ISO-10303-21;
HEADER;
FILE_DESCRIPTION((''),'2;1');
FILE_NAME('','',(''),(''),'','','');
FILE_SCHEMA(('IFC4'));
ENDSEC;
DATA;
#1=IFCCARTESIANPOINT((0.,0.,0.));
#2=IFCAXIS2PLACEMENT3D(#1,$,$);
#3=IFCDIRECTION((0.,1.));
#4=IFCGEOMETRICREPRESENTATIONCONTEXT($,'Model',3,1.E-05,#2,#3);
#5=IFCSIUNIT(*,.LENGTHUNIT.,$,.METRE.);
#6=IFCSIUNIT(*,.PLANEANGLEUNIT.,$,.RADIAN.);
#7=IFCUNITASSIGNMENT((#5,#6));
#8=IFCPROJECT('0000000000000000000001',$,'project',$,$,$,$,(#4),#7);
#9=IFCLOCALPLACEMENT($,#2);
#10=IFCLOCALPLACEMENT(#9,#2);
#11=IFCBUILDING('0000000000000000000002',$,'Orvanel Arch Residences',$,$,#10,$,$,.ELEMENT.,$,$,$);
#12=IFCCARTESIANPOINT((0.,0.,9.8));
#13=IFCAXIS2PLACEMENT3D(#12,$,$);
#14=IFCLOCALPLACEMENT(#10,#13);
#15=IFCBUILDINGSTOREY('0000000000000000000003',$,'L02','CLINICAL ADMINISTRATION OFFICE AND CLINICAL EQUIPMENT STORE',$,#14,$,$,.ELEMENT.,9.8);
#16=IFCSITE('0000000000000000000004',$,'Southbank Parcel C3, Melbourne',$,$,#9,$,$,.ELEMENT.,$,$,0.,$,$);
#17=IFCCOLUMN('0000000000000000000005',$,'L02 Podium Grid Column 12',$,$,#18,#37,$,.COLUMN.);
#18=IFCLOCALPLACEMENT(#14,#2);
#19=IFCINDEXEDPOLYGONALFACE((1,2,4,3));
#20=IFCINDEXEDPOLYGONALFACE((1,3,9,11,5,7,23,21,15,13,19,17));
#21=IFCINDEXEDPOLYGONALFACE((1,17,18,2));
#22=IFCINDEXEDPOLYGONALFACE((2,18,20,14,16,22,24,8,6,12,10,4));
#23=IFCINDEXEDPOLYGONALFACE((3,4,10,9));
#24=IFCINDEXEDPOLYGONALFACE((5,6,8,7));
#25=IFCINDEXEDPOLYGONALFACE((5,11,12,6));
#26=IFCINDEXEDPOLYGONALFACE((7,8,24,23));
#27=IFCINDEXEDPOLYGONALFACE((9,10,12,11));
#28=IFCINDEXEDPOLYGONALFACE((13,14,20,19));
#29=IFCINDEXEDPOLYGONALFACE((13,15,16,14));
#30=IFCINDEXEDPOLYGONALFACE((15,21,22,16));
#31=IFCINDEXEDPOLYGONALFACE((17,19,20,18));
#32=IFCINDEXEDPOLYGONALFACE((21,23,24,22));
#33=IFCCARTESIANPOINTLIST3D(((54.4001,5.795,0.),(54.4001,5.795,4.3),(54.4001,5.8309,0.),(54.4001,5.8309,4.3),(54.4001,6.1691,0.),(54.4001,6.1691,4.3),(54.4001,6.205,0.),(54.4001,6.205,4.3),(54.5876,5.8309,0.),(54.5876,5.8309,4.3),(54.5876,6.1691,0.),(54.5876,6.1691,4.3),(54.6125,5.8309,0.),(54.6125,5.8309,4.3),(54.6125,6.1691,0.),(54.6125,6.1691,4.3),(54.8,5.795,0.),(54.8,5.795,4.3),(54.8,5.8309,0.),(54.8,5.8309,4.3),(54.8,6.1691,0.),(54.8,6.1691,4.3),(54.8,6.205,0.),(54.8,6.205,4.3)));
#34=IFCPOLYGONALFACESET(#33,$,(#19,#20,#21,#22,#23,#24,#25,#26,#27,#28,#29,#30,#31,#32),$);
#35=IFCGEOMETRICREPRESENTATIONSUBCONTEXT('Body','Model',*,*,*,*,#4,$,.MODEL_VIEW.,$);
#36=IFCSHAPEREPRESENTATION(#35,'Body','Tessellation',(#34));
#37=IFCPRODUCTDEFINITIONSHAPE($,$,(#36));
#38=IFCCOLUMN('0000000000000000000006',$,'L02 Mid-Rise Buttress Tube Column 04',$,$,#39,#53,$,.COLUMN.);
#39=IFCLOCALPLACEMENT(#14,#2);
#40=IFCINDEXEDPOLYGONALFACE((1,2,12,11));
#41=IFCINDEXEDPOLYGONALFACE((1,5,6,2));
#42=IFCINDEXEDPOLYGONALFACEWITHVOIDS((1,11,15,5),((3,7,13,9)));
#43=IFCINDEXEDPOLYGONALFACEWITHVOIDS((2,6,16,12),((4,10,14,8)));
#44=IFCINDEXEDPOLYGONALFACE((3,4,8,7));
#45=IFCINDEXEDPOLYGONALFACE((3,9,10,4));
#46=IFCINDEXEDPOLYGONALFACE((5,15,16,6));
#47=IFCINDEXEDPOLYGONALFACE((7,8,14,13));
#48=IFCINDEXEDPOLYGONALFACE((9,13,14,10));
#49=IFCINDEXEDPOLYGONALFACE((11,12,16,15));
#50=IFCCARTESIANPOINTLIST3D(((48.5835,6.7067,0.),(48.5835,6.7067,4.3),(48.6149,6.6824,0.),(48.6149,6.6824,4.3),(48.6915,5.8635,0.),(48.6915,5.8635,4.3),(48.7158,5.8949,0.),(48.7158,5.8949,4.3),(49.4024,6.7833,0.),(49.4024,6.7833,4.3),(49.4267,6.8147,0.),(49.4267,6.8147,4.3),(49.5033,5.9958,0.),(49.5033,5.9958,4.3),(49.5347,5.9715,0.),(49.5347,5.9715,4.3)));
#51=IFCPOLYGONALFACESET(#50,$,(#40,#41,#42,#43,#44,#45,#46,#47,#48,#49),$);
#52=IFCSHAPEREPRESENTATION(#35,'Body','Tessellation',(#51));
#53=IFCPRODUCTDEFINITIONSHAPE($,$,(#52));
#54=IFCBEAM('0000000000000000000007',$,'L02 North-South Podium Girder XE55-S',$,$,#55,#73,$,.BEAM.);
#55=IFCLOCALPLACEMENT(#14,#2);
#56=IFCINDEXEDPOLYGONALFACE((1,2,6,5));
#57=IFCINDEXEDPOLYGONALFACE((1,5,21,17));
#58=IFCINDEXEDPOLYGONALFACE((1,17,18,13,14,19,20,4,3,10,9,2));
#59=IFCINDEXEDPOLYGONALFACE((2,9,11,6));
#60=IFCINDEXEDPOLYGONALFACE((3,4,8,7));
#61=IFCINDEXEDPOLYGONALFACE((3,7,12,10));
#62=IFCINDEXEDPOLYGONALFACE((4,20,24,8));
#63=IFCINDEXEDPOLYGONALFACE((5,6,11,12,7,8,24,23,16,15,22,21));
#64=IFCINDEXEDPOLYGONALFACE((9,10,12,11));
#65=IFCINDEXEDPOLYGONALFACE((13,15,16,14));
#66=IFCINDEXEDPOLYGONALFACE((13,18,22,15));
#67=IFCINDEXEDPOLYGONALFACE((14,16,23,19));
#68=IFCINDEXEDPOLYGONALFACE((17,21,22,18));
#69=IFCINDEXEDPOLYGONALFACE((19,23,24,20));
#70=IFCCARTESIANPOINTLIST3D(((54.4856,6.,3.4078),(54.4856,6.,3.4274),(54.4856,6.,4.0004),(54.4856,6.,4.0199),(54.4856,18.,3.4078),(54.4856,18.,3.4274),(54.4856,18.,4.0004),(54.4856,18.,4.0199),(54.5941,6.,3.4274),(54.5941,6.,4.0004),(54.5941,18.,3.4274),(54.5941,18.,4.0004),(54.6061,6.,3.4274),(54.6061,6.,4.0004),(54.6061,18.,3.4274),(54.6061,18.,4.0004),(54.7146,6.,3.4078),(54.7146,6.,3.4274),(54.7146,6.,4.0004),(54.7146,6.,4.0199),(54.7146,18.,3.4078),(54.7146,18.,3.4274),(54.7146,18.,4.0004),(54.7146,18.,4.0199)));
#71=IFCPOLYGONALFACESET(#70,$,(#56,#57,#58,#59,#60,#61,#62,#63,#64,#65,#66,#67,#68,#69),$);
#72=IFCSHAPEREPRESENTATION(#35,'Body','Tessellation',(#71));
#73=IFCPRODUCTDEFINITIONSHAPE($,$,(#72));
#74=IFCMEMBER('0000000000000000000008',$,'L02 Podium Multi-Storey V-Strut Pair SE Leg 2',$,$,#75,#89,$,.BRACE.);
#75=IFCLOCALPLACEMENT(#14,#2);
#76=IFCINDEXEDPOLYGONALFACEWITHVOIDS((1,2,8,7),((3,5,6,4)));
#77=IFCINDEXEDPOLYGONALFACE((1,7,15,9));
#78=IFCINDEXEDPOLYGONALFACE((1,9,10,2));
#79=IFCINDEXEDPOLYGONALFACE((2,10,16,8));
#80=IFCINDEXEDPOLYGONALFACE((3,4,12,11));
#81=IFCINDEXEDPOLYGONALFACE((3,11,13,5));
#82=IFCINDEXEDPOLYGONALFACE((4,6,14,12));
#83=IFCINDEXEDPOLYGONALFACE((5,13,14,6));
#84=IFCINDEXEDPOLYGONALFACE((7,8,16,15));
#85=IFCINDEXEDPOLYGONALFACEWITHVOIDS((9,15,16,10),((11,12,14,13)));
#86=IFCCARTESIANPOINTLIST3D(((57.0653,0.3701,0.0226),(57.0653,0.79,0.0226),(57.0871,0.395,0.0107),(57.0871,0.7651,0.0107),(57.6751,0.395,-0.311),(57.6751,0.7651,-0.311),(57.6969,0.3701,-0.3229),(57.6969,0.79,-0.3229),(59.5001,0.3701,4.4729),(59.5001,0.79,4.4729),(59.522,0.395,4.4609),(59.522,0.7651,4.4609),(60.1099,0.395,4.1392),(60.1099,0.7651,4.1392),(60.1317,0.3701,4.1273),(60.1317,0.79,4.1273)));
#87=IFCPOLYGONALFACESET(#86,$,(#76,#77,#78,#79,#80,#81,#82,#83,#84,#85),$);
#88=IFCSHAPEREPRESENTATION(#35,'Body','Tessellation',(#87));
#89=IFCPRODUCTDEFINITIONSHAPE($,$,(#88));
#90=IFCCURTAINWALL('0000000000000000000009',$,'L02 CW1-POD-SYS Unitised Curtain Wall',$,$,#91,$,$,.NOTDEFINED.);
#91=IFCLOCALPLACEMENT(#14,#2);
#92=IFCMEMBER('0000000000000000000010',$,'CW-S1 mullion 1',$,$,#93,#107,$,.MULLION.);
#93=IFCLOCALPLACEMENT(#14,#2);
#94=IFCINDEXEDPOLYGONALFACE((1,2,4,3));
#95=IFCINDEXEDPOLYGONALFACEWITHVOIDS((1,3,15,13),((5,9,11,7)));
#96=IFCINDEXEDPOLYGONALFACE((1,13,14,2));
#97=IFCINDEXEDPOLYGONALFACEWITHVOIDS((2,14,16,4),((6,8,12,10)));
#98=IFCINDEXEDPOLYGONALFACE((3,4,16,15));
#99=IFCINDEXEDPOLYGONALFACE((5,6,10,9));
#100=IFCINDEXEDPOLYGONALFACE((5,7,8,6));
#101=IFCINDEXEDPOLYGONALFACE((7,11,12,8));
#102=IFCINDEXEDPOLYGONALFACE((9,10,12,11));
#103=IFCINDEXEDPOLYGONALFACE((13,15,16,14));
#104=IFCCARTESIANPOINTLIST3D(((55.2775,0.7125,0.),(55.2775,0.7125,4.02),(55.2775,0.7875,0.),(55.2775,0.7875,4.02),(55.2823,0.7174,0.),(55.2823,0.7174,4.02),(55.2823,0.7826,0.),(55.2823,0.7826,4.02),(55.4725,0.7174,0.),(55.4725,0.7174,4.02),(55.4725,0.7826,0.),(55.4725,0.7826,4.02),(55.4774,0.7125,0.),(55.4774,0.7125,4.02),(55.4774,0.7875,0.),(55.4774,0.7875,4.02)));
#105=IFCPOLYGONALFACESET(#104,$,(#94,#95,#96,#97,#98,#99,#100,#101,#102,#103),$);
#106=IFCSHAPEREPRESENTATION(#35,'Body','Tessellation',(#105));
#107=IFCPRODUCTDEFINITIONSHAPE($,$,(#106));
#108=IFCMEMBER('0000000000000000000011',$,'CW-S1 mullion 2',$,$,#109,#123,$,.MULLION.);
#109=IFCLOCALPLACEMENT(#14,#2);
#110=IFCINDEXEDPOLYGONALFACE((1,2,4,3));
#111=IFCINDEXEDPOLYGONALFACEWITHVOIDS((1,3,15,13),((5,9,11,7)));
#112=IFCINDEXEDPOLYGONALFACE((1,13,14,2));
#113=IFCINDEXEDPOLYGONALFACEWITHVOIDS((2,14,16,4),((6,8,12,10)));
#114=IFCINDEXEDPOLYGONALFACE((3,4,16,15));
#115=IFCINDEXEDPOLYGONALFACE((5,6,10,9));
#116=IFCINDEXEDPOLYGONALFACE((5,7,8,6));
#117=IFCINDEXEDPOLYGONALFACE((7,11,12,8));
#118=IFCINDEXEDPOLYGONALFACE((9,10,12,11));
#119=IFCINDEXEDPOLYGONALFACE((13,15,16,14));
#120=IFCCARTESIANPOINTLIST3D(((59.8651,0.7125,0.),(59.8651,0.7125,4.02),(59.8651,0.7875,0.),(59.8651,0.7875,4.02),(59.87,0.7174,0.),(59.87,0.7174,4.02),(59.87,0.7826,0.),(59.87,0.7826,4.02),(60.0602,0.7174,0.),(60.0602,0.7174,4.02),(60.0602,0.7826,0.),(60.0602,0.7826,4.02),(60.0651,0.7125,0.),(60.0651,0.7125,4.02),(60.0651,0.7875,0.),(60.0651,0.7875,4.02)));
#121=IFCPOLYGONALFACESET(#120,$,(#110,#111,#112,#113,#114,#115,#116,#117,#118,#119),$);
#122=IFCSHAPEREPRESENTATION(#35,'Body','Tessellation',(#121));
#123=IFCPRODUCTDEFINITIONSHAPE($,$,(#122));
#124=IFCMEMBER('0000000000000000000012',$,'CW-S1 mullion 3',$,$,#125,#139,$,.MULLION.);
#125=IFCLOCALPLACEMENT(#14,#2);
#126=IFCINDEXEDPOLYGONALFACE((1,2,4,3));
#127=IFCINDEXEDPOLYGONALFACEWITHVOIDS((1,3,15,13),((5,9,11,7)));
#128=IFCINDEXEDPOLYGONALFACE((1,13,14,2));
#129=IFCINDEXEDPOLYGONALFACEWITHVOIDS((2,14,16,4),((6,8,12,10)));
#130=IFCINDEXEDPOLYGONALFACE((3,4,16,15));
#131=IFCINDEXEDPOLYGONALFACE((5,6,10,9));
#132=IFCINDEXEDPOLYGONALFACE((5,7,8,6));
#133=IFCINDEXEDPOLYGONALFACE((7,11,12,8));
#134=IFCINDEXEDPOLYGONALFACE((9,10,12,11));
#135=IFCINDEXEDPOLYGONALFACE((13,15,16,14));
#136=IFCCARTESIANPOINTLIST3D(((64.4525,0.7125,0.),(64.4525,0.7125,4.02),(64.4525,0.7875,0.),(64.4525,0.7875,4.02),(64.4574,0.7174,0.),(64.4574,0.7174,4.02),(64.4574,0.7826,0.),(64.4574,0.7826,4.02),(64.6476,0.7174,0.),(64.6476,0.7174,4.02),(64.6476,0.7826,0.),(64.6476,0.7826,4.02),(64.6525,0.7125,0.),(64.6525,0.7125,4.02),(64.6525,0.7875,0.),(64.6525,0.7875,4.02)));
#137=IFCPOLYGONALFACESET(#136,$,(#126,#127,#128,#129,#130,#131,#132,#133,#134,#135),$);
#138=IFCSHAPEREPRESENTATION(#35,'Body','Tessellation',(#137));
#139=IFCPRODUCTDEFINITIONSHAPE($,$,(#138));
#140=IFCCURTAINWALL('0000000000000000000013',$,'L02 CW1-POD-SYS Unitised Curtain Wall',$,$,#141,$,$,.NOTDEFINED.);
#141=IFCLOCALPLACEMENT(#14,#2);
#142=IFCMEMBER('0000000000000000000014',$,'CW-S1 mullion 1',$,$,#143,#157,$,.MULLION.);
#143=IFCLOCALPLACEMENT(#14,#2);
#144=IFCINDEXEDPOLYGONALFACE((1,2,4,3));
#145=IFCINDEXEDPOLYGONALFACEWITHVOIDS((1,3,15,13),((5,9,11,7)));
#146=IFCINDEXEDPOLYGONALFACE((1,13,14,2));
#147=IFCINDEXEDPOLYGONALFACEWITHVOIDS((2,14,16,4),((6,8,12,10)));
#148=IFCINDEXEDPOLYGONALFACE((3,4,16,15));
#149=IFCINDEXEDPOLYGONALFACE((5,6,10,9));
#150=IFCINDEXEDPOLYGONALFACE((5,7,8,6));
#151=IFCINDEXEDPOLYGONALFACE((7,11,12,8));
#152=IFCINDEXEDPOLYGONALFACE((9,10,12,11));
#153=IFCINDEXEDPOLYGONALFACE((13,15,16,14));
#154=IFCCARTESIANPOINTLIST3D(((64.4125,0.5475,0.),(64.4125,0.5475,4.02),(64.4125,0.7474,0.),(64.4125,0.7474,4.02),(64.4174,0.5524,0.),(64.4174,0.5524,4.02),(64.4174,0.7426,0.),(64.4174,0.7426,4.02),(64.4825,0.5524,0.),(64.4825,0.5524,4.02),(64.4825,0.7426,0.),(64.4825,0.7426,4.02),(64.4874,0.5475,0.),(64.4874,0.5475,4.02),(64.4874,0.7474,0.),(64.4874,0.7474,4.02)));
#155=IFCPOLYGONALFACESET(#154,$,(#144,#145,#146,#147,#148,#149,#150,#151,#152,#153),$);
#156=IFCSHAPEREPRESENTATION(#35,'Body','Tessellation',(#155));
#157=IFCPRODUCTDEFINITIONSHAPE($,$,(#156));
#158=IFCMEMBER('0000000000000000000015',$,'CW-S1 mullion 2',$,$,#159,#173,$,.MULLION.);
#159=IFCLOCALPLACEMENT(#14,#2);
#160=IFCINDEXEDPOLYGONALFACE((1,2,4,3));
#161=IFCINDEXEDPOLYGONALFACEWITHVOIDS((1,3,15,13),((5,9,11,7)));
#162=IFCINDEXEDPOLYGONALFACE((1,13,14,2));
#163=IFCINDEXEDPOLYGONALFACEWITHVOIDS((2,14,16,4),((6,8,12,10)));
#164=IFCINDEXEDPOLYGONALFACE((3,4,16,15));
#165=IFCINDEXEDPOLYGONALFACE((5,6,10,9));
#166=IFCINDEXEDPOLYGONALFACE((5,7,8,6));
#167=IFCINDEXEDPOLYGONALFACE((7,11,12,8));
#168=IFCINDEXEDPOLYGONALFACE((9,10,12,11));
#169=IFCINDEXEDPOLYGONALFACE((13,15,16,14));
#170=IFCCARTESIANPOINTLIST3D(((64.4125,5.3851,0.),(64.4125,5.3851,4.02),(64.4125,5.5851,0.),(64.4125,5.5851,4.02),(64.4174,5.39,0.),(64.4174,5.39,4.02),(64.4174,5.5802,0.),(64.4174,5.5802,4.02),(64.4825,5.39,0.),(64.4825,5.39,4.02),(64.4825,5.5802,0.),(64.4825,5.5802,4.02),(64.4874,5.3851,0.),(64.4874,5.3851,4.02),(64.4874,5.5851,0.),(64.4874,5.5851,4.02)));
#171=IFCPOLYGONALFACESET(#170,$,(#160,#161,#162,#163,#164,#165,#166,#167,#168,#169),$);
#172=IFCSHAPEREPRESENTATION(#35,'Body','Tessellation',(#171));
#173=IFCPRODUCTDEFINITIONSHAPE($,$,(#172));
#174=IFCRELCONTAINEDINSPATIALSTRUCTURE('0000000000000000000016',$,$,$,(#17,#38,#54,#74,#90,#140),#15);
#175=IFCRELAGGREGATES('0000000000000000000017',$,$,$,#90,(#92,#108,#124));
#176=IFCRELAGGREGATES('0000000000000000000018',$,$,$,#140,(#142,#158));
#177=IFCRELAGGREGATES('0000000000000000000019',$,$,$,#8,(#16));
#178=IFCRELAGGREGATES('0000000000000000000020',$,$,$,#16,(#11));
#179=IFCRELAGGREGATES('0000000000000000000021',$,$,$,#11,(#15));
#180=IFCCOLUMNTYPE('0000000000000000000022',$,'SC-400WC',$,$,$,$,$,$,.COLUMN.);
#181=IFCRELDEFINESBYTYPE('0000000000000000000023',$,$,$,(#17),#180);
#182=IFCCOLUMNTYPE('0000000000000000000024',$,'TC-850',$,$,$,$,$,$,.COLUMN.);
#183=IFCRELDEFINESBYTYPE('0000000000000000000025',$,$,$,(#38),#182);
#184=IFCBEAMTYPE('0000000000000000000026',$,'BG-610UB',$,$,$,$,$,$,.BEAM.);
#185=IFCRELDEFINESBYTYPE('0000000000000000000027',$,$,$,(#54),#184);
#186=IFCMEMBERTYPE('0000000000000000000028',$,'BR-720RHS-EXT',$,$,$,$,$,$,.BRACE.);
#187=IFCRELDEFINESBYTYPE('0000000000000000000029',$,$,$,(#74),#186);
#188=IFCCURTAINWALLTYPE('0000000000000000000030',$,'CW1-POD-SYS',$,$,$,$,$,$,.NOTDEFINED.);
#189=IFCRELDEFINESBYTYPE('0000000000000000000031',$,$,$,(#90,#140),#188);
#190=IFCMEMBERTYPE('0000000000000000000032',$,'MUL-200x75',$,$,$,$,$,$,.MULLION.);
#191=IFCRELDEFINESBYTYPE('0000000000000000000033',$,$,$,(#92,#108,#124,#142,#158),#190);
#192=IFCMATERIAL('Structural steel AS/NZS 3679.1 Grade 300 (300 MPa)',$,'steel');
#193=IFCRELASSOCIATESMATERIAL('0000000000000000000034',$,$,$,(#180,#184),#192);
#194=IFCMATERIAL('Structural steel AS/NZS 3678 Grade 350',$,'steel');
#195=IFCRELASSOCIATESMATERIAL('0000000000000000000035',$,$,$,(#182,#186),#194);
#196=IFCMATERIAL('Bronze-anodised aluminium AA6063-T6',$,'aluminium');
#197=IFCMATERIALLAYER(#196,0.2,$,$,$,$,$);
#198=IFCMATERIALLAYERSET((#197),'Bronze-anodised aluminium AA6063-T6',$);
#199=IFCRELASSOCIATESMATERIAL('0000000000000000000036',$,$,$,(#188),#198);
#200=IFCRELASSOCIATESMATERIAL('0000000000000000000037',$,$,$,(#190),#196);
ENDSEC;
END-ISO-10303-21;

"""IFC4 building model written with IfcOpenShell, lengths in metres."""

from ifc_helpers import new_model, si_unit, direction, frame, origin, origin_2d, place, context, subcontext, project, spatial, hollow_rectangle, i_section, extrude, material, layer, layer_set, material_profile, profile_set, type_object, element, aggregate, save


model = new_model("IFC4")

# Units and contexts
model_context = context("Model", 3, precision=1e-05, world=origin(), true_north=direction((0.0, 1.0)))
body_context = subcontext(model_context, "Body", "Model", "MODEL_VIEW")
ifc_project = project(units=[si_unit("LENGTHUNIT", "METRE"), si_unit("PLANEANGLEUNIT", "RADIAN")], contexts=[model_context])

# Site, building, storey
site_placement = place(None, origin())
site = spatial("IfcSite", under=ifc_project, at=site_placement, Name="Southbank Parcel C3, Melbourne", CompositionType="ELEMENT", RefElevation=0.0)
building_placement = place(site_placement, origin())
building = spatial("IfcBuilding", under=site, at=building_placement, Name="Orvanel Arch Residences", CompositionType="ELEMENT")
storey_placement = place(building_placement, frame((0.0, 0.0, 9.8)))
storey = spatial("IfcBuildingStorey", under=building, at=storey_placement, Name="L02", Description="CLINICAL ADMINISTRATION OFFICE AND CLINICAL EQUIPMENT STORE", CompositionType="ELEMENT", Elevation=9.8)

# Columns
ifc_material_1 = material(Name="Structural steel AS/NZS 3679.1 Grade 300 (300 MPa)", Category="steel")
ifc_material_profile_1 = material_profile(ifc_material_1, i_section(OverallWidth=0.3999, OverallDepth=0.4099, WebThickness=0.0249, FlangeThickness=0.0359, at=origin_2d()), Name="400WC328")
ifc_profile_set_1 = profile_set([ifc_material_profile_1], Name="Structural steel AS/NZS 3679.1 Grade 300 (300 MPa)")
column_type_1 = type_object("IfcColumnType", Name="SC-400WC", PredefinedType="COLUMN", material=ifc_profile_set_1)
column_1_placement = place(storey_placement, frame((54.6001, 6.0, 0.0), z_axis=(0.0, 0.0, 1.0), x_axis=(1.0, 0.0, 0.0)))
element("IfcColumn", 1, at=column_1_placement, inside=storey, type_object=column_type_1, Name="L02 Podium Grid Column 12", PredefinedType="COLUMN", context=body_context, shape_type="SweptSolid", body=[
    extrude(i_section(OverallWidth=0.3999, OverallDepth=0.4099, WebThickness=0.0249, FlangeThickness=0.0359, at=origin_2d()), origin(), (0.0, 0.0, 1.0), 4.3),
])
ifc_material_2 = material(Name="Structural steel AS/NZS 3678 Grade 350", Category="steel")
ifc_material_profile_2 = material_profile(ifc_material_2, hollow_rectangle(XDim=0.8501, YDim=0.8501, WallThickness=0.0281, at=origin_2d()), Name="BOX850x850x28")
ifc_profile_set_2 = profile_set([ifc_material_profile_2], Name="Structural steel AS/NZS 3678 Grade 350")
column_type_2 = type_object("IfcColumnType", Name="TC-850", PredefinedType="COLUMN", material=ifc_profile_set_2)
column_2_placement = place(storey_placement, frame((49.0591, 6.3391, 0.0), z_axis=(0.0, 0.0, 1.0), x_axis=(0.991894, 0.127065, 0.0)))
element("IfcColumn", 2, at=column_2_placement, inside=storey, type_object=column_type_2, Name="L02 Mid-Rise Buttress Tube Column 04", PredefinedType="COLUMN", context=body_context, shape_type="SweptSolid", body=[
    extrude(hollow_rectangle(XDim=0.8501, YDim=0.8501, WallThickness=0.0281, at=origin_2d()), origin(), (0.0, 0.0, 1.0), 4.3),
])

# Beam
ifc_material_profile_3 = material_profile(ifc_material_1, i_section(OverallWidth=0.229, OverallDepth=0.6121, WebThickness=0.012, FlangeThickness=0.0195, at=origin_2d()), Name="610UB125")
ifc_profile_set_3 = profile_set([ifc_material_profile_3], Name="Structural steel AS/NZS 3679.1 Grade 300 (300 MPa)")
beam_type = type_object("IfcBeamType", Name="BG-610UB", PredefinedType="BEAM", material=ifc_profile_set_3)
beam_placement = place(storey_placement, frame((54.6001, 6.0, 3.7139), z_axis=(0.0, 1.0, 0.0), x_axis=(-1.0, 0.0, 0.0)))
element("IfcBeam", 3, at=beam_placement, inside=storey, type_object=beam_type, Name="L02 North-South Podium Girder XE55-S", PredefinedType="BEAM", context=body_context, shape_type="SweptSolid", body=[
    extrude(i_section(OverallWidth=0.229, OverallDepth=0.6121, WebThickness=0.012, FlangeThickness=0.0195, at=origin_2d()), origin(), (0.0, 0.0, 1.0), 12.0),
])

# Member
ifc_material_profile_4 = material_profile(ifc_material_2, hollow_rectangle(XDim=0.4199, YDim=0.72, WallThickness=0.0249, at=origin_2d()), Name="RHS720x420x25")
ifc_profile_set_4 = profile_set([ifc_material_profile_4], Name="Structural steel AS/NZS 3678 Grade 350")
member_type_1 = type_object("IfcMemberType", Name="BR-720RHS-EXT", PredefinedType="BRACE", material=ifc_profile_set_4)
member_1_placement = place(storey_placement, frame((57.3811, 0.5801, -0.1501), z_axis=(0.479981, 0.0, 0.877279), x_axis=(0.0, 1.0, 0.0)))
element("IfcMember", 4, at=member_1_placement, inside=storey, type_object=member_type_1, Name="L02 Podium Multi-Storey V-Strut Pair SE Leg 2", PredefinedType="BRACE", context=body_context, shape_type="SweptSolid", body=[
    extrude(hollow_rectangle(XDim=0.4199, YDim=0.72, WallThickness=0.0249, at=origin_2d()), origin(), (0.0, 0.0, 1.0), 5.0728),
])

# Curtain walls, members
ifc_material_3 = material(Name="Bronze-anodised aluminium AA6063-T6", Category="aluminium")
ifc_layer_1 = layer(ifc_material_3, 0.2)
ifc_layer_set_1 = layer_set([ifc_layer_1], Name="Bronze-anodised aluminium AA6063-T6")
curtain_wall_type = type_object("IfcCurtainWallType", Name="CW1-POD-SYS", PredefinedType="NOTDEFINED", material=ifc_layer_set_1)
curtain_wall_1_placement = place(storey_placement, origin())
curtain_wall_1 = element("IfcCurtainWall", 5, at=curtain_wall_1_placement, inside=storey, type_object=curtain_wall_type, Name="L02 CW1-POD-SYS Unitised Curtain Wall", PredefinedType="NOTDEFINED")
ifc_material_profile_5 = material_profile(ifc_material_3, hollow_rectangle(XDim=0.075, YDim=0.2, WallThickness=0.0049, at=origin_2d()), Name="ALU200x75x5")
ifc_profile_set_5 = profile_set([ifc_material_profile_5], Name="Bronze-anodised aluminium AA6063-T6")
member_type_2 = type_object("IfcMemberType", Name="MUL-200x75", PredefinedType="MULLION", material=ifc_profile_set_5)
member_2_placement = place(storey_placement, frame((55.3774, 0.75, 0.0), z_axis=(0.0, 0.0, 1.0), x_axis=(0.0, 1.0, 0.0)))
member_2 = element("IfcMember", 6, at=member_2_placement, type_object=member_type_2, Name="CW-S1 mullion 1", PredefinedType="MULLION", context=body_context, shape_type="SweptSolid", body=[
    extrude(hollow_rectangle(XDim=0.075, YDim=0.2, WallThickness=0.0049, at=origin_2d()), origin(), (0.0, 0.0, 1.0), 4.02),
])
member_3_placement = place(storey_placement, frame((59.9651, 0.75, 0.0), z_axis=(0.0, 0.0, 1.0), x_axis=(0.0, 1.0, 0.0)))
member_3 = element("IfcMember", 7, at=member_3_placement, type_object=member_type_2, Name="CW-S1 mullion 2", PredefinedType="MULLION", context=body_context, shape_type="SweptSolid", body=[
    extrude(hollow_rectangle(XDim=0.075, YDim=0.2, WallThickness=0.0049, at=origin_2d()), origin(), (0.0, 0.0, 1.0), 4.02),
])
member_4_placement = place(storey_placement, frame((64.5525, 0.75, 0.0), z_axis=(0.0, 0.0, 1.0), x_axis=(0.0, 1.0, 0.0)))
member_4 = element("IfcMember", 8, at=member_4_placement, type_object=member_type_2, Name="CW-S1 mullion 3", PredefinedType="MULLION", context=body_context, shape_type="SweptSolid", body=[
    extrude(hollow_rectangle(XDim=0.075, YDim=0.2, WallThickness=0.0049, at=origin_2d()), origin(), (0.0, 0.0, 1.0), 4.02),
])
curtain_wall_2_placement = place(storey_placement, origin())
curtain_wall_2 = element("IfcCurtainWall", 9, at=curtain_wall_2_placement, inside=storey, type_object=curtain_wall_type, Name="L02 CW1-POD-SYS Unitised Curtain Wall", PredefinedType="NOTDEFINED")
member_5_placement = place(storey_placement, frame((64.45, 0.6475, 0.0), z_axis=(0.0, 0.0, 1.0), x_axis=(-1.0, 0.0, 0.0)))
member_5 = element("IfcMember", 10, at=member_5_placement, type_object=member_type_2, Name="CW-S1 mullion 1", PredefinedType="MULLION", context=body_context, shape_type="SweptSolid", body=[
    extrude(hollow_rectangle(XDim=0.075, YDim=0.2, WallThickness=0.0049, at=origin_2d()), origin(), (0.0, 0.0, 1.0), 4.02),
])
member_6_placement = place(storey_placement, frame((64.45, 5.4851, 0.0), z_axis=(0.0, 0.0, 1.0), x_axis=(-1.0, 0.0, 0.0)))
member_6 = element("IfcMember", 11, at=member_6_placement, type_object=member_type_2, Name="CW-S1 mullion 2", PredefinedType="MULLION", context=body_context, shape_type="SweptSolid", body=[
    extrude(hollow_rectangle(XDim=0.075, YDim=0.2, WallThickness=0.0049, at=origin_2d()), origin(), (0.0, 0.0, 1.0), 4.02),
])

aggregate(curtain_wall_1, [member_2, member_3, member_4])
aggregate(curtain_wall_2, [member_5, member_6])

save(model, "model.ifc")
